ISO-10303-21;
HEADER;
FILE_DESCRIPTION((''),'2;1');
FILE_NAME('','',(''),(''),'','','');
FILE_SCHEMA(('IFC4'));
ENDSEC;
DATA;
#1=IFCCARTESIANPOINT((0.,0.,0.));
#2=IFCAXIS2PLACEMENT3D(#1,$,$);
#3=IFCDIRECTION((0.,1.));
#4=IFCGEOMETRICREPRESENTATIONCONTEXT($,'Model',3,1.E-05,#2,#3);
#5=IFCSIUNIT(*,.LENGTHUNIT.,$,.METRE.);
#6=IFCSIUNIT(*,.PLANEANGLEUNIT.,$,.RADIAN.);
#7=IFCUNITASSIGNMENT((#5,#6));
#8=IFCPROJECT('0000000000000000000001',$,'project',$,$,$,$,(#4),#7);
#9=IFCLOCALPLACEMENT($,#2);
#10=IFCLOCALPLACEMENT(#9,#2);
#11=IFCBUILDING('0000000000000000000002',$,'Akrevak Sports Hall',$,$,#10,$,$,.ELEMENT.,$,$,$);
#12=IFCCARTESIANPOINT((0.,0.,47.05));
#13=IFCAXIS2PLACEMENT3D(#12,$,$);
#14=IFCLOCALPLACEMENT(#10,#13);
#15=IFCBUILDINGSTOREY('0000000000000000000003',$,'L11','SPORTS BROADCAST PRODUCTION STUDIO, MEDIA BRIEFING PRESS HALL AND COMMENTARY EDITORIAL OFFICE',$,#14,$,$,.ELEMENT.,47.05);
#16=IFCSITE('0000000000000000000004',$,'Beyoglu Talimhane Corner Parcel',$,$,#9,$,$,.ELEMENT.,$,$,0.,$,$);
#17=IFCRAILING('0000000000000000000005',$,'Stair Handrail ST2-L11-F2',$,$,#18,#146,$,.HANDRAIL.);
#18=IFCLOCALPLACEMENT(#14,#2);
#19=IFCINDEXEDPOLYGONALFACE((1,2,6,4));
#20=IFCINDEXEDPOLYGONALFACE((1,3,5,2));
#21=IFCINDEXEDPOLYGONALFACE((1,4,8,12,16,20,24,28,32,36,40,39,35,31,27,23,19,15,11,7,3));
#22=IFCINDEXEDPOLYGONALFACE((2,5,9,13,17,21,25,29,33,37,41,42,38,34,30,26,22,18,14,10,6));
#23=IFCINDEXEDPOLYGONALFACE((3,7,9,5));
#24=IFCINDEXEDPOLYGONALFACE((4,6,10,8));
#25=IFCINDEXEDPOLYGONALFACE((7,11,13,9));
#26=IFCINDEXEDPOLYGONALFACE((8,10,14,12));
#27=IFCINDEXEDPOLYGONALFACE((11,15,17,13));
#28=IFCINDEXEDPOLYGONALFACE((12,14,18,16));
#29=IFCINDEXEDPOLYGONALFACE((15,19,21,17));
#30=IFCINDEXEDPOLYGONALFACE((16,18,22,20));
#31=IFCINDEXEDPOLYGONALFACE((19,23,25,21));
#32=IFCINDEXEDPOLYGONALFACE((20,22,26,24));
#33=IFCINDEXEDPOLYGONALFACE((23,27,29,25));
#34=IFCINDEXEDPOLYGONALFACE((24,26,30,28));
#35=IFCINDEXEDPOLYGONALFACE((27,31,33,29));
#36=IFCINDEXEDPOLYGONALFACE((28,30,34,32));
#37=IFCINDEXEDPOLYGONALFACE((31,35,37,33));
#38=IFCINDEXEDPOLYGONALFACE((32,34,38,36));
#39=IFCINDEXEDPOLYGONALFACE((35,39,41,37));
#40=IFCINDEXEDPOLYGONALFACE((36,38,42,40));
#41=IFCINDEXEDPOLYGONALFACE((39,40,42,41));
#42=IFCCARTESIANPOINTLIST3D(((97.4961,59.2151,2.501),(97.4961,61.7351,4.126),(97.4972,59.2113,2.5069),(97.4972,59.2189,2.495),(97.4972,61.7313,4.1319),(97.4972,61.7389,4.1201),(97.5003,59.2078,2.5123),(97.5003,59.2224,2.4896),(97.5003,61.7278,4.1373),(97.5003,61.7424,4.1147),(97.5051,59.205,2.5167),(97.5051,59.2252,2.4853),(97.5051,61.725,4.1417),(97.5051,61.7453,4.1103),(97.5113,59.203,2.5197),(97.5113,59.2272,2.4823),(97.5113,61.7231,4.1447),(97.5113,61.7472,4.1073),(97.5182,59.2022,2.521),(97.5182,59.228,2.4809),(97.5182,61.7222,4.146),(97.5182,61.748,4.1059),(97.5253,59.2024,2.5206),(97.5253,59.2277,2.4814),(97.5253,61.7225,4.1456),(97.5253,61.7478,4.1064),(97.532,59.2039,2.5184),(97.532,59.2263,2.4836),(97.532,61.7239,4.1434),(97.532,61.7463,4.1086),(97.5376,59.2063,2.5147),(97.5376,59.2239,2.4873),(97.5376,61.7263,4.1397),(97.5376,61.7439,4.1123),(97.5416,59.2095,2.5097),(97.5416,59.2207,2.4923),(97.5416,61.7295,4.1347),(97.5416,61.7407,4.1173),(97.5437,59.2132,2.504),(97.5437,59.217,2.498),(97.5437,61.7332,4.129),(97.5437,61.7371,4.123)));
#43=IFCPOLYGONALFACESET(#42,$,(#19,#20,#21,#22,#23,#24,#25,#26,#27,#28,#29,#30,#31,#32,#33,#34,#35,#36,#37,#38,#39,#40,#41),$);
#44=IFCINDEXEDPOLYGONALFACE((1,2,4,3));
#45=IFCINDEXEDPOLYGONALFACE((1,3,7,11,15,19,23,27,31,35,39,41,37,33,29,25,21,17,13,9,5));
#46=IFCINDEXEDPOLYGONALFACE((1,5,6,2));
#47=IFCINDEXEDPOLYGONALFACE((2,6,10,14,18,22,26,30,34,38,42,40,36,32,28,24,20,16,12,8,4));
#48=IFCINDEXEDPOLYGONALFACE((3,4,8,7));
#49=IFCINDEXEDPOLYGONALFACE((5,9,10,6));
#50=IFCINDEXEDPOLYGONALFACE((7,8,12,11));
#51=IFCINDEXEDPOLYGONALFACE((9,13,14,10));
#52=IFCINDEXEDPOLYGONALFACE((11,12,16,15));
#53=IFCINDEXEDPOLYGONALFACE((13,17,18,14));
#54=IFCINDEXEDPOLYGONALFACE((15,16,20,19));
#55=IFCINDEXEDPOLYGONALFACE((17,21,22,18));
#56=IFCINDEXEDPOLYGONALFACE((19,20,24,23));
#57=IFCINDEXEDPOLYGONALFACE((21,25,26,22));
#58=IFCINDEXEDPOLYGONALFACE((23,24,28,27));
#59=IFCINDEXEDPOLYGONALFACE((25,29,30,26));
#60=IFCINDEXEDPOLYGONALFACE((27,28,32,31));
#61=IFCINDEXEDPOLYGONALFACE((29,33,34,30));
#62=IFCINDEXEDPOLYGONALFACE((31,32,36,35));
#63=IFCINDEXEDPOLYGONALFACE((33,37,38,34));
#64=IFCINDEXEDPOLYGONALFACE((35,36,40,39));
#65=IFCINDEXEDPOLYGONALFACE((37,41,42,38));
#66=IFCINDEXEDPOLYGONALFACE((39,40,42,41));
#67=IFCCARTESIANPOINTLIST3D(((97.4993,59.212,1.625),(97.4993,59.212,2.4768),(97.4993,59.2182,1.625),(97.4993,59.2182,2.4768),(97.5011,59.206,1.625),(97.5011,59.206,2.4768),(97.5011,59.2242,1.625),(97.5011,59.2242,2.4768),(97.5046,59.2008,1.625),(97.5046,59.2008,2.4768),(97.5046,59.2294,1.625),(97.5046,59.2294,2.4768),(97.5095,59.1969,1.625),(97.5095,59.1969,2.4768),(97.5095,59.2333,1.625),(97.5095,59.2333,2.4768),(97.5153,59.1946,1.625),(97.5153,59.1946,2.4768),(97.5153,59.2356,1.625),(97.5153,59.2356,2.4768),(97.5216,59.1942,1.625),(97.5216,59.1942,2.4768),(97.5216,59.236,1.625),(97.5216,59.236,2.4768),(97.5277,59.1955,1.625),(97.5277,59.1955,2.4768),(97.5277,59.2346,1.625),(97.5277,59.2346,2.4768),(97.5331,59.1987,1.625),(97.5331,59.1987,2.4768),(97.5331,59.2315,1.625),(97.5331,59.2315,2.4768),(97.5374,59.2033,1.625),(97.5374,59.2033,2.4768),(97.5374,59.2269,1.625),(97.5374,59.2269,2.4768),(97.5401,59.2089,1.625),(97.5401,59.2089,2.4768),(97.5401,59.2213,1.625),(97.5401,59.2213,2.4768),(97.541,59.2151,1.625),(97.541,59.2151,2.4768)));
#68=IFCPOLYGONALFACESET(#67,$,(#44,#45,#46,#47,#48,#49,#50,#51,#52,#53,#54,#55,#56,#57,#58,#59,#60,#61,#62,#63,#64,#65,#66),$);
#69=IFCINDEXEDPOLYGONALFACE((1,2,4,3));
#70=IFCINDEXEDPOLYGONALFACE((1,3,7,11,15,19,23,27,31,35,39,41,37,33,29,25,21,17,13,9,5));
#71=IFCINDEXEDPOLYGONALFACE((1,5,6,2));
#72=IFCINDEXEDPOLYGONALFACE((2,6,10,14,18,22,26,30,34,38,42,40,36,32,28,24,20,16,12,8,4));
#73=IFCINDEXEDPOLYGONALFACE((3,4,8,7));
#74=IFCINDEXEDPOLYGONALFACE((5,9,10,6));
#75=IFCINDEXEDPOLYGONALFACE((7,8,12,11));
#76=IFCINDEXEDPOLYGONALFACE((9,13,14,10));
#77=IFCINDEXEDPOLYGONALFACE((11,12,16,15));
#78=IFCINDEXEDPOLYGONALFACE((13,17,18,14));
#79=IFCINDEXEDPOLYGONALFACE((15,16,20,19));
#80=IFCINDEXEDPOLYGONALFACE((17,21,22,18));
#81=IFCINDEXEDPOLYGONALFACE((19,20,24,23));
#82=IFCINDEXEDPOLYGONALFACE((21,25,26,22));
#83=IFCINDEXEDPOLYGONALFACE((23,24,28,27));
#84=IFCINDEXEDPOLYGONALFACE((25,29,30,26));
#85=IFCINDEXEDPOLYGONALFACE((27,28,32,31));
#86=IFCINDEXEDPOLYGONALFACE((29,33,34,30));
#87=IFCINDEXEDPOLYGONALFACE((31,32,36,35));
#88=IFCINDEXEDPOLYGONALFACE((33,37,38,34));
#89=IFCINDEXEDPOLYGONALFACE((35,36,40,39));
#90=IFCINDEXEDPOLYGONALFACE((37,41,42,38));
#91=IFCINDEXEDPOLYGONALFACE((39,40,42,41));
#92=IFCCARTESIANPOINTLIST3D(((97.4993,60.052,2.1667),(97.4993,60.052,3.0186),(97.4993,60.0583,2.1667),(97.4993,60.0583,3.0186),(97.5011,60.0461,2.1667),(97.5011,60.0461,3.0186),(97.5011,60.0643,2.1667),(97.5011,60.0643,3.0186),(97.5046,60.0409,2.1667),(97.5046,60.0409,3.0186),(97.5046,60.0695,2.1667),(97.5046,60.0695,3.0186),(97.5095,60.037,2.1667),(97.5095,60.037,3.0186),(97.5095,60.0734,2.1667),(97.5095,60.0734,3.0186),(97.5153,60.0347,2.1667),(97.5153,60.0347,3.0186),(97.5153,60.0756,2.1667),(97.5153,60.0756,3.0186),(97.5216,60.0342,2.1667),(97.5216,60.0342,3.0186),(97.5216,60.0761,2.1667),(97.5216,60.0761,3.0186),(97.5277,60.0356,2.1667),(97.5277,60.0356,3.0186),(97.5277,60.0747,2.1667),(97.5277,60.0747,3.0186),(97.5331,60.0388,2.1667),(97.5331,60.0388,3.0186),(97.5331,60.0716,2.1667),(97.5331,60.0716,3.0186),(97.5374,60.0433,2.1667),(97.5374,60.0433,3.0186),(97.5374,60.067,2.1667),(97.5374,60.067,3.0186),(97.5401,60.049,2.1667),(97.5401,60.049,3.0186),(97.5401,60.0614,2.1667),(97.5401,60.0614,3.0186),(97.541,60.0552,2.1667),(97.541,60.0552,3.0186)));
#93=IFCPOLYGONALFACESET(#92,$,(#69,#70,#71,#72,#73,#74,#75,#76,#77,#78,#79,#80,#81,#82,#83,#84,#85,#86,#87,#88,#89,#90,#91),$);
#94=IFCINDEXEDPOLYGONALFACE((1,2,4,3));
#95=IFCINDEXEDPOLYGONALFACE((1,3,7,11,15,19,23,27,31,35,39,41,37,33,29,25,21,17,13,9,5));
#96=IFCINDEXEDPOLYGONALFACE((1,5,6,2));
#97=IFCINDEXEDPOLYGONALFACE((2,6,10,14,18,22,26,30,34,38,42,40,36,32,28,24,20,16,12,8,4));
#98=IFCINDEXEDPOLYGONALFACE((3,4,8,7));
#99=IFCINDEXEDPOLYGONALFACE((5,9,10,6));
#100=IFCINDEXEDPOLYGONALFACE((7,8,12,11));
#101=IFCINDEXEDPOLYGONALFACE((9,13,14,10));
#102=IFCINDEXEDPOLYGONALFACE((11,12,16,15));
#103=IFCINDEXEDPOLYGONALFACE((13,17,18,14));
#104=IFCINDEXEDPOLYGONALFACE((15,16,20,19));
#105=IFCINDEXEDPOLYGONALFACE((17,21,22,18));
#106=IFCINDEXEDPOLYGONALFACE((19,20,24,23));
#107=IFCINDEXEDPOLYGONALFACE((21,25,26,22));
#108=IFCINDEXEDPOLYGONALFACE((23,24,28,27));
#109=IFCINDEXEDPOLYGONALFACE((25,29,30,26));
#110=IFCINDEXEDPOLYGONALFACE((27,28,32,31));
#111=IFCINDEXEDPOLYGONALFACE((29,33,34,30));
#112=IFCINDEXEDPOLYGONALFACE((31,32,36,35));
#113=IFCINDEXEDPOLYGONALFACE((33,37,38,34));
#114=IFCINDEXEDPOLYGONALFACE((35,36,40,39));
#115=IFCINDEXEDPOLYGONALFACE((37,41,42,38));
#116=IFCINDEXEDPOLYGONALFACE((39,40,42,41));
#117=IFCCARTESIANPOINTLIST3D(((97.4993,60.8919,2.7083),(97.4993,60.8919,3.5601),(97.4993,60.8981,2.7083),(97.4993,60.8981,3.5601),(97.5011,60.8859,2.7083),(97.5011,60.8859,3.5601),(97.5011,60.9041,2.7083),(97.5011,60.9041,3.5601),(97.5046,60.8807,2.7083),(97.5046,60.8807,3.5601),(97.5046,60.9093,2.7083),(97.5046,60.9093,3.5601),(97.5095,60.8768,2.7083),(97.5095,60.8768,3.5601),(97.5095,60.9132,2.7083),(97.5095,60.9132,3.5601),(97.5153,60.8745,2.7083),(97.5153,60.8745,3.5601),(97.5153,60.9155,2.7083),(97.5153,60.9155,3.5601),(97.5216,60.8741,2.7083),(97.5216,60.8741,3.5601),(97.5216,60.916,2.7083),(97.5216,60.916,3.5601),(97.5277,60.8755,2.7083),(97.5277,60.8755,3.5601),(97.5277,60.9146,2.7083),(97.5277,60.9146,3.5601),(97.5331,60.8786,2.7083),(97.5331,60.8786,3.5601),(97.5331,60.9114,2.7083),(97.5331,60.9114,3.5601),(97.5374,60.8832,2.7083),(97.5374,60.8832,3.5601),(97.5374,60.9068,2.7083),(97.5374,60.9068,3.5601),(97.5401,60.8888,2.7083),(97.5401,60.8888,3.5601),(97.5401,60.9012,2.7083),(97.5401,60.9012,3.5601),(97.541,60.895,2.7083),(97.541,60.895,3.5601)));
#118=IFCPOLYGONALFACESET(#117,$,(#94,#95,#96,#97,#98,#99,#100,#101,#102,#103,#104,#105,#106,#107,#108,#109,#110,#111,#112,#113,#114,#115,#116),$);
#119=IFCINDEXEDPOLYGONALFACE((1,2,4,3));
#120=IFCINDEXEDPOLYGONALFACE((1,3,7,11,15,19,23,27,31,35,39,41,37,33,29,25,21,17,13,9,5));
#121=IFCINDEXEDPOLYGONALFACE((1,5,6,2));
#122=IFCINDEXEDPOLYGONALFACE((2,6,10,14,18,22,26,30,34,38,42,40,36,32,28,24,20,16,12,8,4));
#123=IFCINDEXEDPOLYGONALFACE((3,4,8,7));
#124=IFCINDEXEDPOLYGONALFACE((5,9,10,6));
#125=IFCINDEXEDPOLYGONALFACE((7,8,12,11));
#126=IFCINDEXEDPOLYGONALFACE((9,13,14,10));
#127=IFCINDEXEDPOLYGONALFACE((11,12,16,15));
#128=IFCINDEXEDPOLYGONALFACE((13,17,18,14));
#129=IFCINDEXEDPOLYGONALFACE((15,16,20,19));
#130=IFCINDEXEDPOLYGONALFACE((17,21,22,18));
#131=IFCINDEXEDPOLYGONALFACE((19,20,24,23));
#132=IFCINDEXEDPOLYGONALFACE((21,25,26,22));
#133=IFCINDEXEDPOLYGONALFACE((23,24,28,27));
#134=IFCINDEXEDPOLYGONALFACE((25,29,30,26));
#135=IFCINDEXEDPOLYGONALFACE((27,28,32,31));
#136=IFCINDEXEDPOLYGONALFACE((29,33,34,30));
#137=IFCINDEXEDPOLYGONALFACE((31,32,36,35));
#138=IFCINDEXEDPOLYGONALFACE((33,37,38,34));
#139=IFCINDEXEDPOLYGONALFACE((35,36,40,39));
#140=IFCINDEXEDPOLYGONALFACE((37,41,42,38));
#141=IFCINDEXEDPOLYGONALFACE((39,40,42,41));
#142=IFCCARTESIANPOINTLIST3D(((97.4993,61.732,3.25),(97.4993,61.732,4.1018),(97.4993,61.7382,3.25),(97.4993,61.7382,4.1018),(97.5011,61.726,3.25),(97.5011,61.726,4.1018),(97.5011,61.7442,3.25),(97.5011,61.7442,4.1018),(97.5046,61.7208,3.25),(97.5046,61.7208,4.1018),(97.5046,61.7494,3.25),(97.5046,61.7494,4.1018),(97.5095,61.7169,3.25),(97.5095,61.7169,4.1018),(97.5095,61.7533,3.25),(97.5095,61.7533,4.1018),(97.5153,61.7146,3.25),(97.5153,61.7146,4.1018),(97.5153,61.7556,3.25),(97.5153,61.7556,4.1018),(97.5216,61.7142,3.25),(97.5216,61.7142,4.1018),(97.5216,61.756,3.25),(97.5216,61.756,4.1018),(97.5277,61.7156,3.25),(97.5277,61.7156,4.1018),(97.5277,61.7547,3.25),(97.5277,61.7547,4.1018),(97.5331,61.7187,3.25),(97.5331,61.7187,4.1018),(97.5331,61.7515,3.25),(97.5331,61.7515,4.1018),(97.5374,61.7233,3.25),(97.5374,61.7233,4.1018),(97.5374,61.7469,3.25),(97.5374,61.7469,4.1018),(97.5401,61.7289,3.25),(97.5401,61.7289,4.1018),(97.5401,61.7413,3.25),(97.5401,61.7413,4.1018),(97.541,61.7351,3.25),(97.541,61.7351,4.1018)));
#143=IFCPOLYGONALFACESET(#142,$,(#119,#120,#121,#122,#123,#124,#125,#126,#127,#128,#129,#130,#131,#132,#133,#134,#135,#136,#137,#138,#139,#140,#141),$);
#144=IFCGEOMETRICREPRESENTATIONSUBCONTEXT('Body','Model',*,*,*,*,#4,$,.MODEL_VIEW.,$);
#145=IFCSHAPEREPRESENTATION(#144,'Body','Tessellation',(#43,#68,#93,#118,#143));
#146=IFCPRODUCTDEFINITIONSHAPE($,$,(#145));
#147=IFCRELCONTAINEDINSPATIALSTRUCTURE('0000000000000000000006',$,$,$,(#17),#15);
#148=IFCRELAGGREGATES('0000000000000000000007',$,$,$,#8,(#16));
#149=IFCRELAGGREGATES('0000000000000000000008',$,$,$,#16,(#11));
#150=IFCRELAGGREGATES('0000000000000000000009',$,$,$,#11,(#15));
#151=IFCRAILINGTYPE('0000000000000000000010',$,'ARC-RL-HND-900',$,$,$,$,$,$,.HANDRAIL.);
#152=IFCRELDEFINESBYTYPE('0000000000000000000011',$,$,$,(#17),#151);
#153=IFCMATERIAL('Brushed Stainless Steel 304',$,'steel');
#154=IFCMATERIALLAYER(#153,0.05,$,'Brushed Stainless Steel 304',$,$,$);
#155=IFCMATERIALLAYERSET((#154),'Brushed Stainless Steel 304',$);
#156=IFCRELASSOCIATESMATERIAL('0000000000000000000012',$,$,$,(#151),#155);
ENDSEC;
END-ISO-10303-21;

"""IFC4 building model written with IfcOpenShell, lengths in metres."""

from ifc_helpers import new_model, si_unit, direction, frame, origin, origin_2d, place, context, subcontext, project, spatial, circle, extrude, material, layer, layer_set, type_object, element, save


model = new_model("IFC4")

# Units and contexts
model_context = context("Model", 3, precision=1e-05, world=origin(), true_north=direction((0.0, 1.0)))
body_context = subcontext(model_context, "Body", "Model", "MODEL_VIEW")
ifc_project = project(units=[si_unit("LENGTHUNIT", "METRE"), si_unit("PLANEANGLEUNIT", "RADIAN")], contexts=[model_context])

# Site, building, storey
site_placement = place(None, origin())
site = spatial("IfcSite", under=ifc_project, at=site_placement, Name="Beyoglu Talimhane Corner Parcel", CompositionType="ELEMENT", RefElevation=0.0)
building_placement = place(site_placement, origin())
building = spatial("IfcBuilding", under=site, at=building_placement, Name="Akrevak Sports Hall", CompositionType="ELEMENT")
storey_placement = place(building_placement, frame((0.0, 0.0, 47.05)))
storey = spatial("IfcBuildingStorey", under=building, at=storey_placement, Name="L11", Description="SPORTS BROADCAST PRODUCTION STUDIO, MEDIA BRIEFING PRESS HALL AND COMMENTARY EDITORIAL OFFICE", CompositionType="ELEMENT", Elevation=47.05)

# Railing
ifc_material_1 = material(Name="Brushed Stainless Steel 304", Category="steel")
ifc_layer_1 = layer(ifc_material_1, 0.05, Name="Brushed Stainless Steel 304")
ifc_layer_set_1 = layer_set([ifc_layer_1], Name="Brushed Stainless Steel 304")
railing_type = type_object("IfcRailingType", Name="ARC-RL-HND-900", PredefinedType="HANDRAIL", material=ifc_layer_set_1)
railing_placement = place(storey_placement, frame((97.52, 59.2151, 1.625)))
element("IfcRailing", 1, at=railing_placement, inside=storey, type_object=railing_type, Name="Stair Handrail ST2-L11-F2", PredefinedType="HANDRAIL", context=body_context, shape_type="SweptSolid", body=[
    extrude(circle(Radius=0.0239, at=origin_2d()), frame((0.0, 0.0, 0.876), z_axis=(0.0, 0.840421, 0.541934), x_axis=(-1.0, 0.0, 0.0)), (0.0, 0.0, 1.0), 2.9985),
    extrude(circle(Radius=0.021, at=origin_2d()), origin(), (0.0, 0.0, 1.0), 0.8518),
    extrude(circle(Radius=0.021, at=origin_2d()), frame((0.0, 0.8401, 0.5417)), (0.0, 0.0, 1.0), 0.8518),
    extrude(circle(Radius=0.021, at=origin_2d()), frame((0.0, 1.6799, 1.0833)), (0.0, 0.0, 1.0), 0.8518),
    extrude(circle(Radius=0.021, at=origin_2d()), frame((0.0, 2.52, 1.625)), (0.0, 0.0, 1.0), 0.8518),
])

save(model, "model.ifc")
